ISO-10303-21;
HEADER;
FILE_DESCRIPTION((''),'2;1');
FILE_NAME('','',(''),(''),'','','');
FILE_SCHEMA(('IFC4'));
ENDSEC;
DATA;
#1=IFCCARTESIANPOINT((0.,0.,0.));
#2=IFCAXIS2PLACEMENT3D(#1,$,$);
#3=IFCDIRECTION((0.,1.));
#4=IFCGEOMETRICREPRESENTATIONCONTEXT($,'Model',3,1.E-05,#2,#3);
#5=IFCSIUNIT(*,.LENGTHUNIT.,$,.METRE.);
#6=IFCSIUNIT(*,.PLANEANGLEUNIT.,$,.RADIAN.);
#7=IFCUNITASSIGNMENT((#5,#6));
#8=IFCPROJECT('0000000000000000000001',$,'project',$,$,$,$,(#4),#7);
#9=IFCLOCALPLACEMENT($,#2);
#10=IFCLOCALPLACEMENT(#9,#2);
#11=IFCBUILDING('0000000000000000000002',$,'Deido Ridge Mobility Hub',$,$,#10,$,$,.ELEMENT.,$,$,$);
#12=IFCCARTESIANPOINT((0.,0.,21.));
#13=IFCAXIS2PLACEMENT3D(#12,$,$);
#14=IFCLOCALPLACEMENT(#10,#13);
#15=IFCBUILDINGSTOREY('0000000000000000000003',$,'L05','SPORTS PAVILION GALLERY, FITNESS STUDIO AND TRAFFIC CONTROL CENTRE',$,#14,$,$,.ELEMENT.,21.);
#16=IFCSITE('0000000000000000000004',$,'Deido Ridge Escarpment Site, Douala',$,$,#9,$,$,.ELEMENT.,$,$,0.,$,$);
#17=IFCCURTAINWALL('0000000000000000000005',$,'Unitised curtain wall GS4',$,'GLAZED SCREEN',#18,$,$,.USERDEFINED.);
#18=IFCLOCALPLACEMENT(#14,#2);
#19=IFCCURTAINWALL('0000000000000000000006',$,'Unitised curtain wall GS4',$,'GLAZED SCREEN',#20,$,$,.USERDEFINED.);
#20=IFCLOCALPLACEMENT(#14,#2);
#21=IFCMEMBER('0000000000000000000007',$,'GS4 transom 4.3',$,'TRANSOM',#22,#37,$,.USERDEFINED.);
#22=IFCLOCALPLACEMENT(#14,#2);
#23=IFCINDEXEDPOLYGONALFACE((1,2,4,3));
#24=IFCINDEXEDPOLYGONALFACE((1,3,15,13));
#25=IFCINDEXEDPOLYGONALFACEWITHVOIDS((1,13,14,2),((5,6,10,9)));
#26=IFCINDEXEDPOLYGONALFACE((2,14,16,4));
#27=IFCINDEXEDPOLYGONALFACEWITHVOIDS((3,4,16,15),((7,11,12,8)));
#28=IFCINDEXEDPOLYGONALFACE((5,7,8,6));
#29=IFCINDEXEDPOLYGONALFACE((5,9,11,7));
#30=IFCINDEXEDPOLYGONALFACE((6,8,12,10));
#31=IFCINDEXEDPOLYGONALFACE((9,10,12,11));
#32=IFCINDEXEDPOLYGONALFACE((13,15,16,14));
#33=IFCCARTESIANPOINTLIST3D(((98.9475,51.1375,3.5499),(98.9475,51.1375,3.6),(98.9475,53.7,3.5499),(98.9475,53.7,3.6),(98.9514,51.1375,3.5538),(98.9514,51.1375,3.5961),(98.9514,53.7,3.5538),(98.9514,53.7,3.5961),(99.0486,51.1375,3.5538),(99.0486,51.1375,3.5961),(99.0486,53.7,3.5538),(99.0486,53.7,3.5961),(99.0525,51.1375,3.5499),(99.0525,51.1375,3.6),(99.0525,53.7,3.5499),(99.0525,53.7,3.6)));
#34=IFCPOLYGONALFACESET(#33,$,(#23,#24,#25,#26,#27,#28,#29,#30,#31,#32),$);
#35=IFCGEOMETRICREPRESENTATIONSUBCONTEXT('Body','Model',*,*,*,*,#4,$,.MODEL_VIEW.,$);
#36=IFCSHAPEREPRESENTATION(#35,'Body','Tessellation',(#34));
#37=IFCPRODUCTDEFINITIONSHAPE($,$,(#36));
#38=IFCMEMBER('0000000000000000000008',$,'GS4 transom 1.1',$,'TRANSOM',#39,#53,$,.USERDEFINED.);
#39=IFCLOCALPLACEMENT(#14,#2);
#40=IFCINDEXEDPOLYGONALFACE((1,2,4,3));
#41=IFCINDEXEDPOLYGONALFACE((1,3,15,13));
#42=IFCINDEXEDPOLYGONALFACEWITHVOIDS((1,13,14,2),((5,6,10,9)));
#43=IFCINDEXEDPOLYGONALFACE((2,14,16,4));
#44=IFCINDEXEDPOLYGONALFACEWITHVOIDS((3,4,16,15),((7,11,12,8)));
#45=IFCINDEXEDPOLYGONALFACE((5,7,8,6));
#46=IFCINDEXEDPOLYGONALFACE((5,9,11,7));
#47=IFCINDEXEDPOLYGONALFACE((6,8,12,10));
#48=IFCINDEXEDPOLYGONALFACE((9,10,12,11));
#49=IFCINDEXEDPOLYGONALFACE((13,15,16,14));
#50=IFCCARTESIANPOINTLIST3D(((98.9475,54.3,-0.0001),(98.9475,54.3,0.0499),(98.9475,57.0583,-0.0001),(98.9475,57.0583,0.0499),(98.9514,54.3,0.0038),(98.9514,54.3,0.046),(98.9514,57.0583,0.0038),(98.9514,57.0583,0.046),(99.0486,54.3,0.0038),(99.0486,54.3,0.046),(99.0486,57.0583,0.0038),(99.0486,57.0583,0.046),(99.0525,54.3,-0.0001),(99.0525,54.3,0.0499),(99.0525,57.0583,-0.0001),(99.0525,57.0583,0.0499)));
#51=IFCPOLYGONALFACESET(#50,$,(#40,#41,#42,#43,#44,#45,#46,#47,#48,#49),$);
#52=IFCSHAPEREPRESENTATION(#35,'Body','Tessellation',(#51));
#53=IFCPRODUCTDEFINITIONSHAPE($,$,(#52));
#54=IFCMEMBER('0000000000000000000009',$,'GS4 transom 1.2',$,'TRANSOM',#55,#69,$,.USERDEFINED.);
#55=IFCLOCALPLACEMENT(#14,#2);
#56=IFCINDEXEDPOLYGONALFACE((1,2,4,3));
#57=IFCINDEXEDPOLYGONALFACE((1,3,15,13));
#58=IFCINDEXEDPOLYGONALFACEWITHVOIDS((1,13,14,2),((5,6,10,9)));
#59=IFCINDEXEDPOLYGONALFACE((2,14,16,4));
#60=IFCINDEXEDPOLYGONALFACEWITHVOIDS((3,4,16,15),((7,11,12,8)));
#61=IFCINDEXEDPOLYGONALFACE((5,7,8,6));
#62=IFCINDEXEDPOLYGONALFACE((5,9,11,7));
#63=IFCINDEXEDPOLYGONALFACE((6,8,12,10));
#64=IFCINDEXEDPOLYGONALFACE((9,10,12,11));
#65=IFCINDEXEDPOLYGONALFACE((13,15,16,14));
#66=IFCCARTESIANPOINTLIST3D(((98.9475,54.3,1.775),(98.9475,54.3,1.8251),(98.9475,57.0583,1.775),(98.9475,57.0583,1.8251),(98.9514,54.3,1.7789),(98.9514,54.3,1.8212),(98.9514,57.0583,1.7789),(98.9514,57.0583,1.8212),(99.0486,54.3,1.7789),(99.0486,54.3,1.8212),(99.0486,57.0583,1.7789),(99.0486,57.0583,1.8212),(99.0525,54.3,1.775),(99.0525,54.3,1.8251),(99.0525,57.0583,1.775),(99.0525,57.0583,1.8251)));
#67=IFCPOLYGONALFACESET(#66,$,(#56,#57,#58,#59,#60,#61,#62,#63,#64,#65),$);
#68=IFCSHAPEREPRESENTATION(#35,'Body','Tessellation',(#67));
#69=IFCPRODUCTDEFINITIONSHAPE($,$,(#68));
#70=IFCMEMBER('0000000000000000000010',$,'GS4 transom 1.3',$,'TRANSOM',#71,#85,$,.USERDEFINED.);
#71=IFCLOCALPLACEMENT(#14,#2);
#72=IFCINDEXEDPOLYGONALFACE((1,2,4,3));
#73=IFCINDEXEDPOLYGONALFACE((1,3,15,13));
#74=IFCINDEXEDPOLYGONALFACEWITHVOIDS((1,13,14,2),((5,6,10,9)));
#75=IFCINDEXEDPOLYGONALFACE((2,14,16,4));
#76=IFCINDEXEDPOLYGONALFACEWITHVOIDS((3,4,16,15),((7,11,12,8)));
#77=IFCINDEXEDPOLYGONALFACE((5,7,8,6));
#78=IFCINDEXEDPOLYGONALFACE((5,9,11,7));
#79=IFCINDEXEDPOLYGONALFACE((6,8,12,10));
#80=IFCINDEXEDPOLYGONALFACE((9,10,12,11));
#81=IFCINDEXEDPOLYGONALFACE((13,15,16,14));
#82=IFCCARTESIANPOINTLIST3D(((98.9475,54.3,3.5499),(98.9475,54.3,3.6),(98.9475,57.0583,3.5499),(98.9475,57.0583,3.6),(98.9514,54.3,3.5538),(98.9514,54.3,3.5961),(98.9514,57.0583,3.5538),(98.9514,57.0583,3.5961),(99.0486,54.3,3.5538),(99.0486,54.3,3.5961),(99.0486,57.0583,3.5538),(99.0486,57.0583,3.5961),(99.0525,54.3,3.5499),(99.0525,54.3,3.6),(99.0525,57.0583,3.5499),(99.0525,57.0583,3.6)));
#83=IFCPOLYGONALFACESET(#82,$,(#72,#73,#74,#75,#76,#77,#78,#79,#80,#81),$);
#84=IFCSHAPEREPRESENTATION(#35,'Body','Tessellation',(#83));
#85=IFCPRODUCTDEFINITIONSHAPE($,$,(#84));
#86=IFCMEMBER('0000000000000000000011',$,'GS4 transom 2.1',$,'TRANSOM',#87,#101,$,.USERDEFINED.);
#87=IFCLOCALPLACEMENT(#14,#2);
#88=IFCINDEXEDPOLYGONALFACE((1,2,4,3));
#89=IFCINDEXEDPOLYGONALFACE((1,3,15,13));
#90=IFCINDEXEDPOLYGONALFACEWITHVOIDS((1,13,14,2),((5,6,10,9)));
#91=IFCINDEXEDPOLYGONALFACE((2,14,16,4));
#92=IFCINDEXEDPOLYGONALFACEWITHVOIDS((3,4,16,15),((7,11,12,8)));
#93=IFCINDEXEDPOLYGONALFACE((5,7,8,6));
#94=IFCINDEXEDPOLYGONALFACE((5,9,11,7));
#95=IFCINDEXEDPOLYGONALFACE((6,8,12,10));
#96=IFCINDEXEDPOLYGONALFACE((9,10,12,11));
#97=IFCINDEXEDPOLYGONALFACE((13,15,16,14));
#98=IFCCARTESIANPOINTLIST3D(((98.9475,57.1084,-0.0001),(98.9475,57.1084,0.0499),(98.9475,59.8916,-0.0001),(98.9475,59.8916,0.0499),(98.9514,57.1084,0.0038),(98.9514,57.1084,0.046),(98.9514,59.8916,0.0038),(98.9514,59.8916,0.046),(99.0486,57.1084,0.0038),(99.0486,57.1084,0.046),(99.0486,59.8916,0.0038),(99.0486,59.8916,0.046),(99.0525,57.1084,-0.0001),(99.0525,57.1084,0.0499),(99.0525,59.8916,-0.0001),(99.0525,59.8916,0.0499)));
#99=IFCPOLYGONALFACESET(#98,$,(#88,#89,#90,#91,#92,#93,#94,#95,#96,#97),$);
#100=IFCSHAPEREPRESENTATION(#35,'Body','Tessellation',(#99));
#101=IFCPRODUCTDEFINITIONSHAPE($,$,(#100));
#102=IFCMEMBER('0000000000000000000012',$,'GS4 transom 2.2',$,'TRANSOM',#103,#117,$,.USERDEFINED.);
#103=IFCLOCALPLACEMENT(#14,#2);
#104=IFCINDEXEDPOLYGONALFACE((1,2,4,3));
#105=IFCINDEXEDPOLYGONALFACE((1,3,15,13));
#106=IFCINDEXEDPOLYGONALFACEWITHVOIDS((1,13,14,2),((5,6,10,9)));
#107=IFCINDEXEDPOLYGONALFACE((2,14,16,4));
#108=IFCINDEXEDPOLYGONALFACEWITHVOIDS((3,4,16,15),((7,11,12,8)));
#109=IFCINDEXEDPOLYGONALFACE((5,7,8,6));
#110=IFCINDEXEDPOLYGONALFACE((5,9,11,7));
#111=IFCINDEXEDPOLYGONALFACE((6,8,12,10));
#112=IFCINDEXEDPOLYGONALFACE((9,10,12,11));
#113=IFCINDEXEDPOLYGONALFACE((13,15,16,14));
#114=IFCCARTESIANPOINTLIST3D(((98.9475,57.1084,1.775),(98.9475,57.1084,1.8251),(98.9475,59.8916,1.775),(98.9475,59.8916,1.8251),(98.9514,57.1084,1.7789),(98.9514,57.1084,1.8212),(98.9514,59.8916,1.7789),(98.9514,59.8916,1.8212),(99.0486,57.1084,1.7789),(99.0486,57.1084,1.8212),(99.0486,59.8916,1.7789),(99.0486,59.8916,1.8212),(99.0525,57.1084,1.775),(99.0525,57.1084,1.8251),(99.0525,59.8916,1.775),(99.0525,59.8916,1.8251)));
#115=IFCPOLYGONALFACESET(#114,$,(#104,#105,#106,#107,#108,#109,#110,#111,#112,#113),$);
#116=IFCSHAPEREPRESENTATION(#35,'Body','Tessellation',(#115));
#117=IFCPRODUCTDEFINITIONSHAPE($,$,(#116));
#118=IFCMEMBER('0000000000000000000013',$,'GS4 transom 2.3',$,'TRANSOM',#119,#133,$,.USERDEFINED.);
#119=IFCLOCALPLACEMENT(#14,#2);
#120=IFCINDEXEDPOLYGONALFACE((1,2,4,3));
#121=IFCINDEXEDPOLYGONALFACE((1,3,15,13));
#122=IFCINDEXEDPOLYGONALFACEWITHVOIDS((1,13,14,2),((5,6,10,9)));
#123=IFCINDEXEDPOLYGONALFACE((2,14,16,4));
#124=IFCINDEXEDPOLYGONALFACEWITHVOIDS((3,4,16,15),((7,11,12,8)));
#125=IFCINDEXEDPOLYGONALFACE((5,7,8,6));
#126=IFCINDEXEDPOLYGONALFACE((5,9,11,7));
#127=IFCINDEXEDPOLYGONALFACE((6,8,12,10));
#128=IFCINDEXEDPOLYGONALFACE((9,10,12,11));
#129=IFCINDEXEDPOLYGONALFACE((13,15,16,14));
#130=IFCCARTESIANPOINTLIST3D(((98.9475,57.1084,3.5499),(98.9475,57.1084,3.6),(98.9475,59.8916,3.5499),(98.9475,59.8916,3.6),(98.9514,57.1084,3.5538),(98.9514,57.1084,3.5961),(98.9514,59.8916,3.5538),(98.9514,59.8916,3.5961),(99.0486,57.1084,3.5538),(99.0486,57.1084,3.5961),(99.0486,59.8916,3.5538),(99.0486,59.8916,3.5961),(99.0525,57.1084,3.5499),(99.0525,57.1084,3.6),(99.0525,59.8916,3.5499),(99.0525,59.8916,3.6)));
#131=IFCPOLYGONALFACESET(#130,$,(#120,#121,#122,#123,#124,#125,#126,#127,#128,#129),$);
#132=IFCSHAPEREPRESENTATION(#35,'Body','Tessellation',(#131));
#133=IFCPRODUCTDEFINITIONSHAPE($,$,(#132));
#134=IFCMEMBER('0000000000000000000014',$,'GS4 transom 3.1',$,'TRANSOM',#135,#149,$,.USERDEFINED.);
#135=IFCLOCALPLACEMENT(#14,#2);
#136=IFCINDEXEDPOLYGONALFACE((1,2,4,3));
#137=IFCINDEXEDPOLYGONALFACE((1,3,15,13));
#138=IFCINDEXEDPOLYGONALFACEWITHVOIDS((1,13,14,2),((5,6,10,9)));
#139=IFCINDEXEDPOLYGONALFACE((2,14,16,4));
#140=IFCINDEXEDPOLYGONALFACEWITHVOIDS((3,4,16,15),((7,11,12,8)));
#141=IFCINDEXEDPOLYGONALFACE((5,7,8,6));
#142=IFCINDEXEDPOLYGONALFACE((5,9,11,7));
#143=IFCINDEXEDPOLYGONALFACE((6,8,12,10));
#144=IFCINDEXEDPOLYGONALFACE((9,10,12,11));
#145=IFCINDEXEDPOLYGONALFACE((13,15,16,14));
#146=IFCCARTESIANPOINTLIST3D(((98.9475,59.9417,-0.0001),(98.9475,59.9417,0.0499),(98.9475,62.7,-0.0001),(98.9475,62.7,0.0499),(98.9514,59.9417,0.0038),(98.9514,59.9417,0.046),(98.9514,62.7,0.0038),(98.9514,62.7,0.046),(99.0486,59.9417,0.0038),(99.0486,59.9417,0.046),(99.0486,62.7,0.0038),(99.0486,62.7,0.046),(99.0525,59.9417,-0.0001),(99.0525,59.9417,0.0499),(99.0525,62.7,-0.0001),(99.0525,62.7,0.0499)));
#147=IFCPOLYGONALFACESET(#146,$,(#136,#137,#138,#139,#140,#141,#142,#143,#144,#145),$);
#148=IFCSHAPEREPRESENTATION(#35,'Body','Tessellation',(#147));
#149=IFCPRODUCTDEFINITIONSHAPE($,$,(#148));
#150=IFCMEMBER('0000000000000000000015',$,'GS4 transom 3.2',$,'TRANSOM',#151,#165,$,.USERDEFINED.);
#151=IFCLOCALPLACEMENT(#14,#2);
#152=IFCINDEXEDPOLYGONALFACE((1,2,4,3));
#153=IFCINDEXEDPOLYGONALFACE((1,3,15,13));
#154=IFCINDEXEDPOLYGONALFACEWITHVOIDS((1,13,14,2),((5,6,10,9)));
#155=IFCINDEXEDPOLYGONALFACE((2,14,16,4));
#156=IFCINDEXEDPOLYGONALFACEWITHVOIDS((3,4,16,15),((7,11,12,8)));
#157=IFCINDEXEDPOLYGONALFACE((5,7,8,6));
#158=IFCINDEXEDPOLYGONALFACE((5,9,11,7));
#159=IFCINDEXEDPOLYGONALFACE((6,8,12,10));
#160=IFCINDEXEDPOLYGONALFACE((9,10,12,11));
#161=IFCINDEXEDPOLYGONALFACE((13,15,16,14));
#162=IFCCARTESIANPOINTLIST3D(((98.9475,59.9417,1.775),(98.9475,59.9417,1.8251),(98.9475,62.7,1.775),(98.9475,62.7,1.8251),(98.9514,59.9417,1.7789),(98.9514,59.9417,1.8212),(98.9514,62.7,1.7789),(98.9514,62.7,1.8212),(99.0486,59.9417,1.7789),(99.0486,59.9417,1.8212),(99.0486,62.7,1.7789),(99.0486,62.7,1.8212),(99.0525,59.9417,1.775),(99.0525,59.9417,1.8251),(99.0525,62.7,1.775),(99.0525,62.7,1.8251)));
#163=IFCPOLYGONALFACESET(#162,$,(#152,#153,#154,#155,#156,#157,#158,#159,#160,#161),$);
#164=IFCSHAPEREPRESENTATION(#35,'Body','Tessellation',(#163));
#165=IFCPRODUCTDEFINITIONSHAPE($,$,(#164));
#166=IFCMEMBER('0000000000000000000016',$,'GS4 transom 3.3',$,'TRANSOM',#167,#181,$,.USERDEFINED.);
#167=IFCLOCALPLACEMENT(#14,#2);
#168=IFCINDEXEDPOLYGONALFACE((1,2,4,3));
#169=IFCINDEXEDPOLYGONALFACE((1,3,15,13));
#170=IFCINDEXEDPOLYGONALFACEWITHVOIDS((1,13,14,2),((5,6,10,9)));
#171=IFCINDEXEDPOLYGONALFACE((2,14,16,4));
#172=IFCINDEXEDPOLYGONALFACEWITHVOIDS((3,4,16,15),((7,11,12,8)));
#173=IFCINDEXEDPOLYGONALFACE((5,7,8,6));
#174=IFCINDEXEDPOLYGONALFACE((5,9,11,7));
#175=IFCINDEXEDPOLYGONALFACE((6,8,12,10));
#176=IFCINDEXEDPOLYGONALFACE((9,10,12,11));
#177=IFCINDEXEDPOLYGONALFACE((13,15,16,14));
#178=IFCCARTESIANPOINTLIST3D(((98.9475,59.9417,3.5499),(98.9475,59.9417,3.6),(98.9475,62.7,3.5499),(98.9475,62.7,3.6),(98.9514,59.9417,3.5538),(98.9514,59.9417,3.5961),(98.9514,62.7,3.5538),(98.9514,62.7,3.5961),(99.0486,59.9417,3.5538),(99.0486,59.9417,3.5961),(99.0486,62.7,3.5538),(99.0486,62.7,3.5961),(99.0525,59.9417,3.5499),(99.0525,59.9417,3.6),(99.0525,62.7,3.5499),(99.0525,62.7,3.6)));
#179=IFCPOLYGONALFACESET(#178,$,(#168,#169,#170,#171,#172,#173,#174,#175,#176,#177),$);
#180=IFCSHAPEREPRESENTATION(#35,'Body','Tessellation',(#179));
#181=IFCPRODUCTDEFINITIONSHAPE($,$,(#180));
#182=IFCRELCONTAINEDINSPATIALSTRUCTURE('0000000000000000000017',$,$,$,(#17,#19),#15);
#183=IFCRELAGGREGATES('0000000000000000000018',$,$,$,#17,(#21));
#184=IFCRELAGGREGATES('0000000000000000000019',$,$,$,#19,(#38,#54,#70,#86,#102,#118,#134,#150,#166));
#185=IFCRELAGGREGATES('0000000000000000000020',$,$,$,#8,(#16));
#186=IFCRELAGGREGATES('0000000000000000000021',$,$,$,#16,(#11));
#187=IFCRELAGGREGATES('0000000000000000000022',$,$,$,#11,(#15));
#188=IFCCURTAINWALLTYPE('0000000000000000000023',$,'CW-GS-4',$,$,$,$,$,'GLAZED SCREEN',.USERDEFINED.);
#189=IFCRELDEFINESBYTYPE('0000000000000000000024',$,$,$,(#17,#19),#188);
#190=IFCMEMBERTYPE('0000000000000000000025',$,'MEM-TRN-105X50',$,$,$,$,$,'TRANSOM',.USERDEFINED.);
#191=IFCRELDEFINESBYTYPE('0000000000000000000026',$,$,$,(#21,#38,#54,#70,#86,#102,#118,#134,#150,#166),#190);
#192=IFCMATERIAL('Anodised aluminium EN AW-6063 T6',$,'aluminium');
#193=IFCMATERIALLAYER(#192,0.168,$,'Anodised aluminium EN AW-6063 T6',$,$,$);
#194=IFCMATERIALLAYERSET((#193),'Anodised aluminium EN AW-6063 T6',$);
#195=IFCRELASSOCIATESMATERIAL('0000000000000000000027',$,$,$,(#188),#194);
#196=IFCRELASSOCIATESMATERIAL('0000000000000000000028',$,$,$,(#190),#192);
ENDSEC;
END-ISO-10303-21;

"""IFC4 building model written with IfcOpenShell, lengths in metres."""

from ifc_helpers import new_model, si_unit, direction, frame, origin, origin_2d, place, context, subcontext, project, spatial, hollow_rectangle, extrude, material, layer, layer_set, material_profile, profile_set, type_object, element, aggregate, save


model = new_model("IFC4")

# Units and contexts
model_context = context("Model", 3, precision=1e-05, world=origin(), true_north=direction((0.0, 1.0)))
body_context = subcontext(model_context, "Body", "Model", "MODEL_VIEW")
ifc_project = project(units=[si_unit("LENGTHUNIT", "METRE"), si_unit("PLANEANGLEUNIT", "RADIAN")], contexts=[model_context])

# Site, building, storey
site_placement = place(None, origin())
site = spatial("IfcSite", under=ifc_project, at=site_placement, Name="Deido Ridge Escarpment Site, Douala", CompositionType="ELEMENT", RefElevation=0.0)
building_placement = place(site_placement, origin())
building = spatial("IfcBuilding", under=site, at=building_placement, Name="Deido Ridge Mobility Hub", CompositionType="ELEMENT")
storey_placement = place(building_placement, frame((0.0, 0.0, 21.0)))
storey = spatial("IfcBuildingStorey", under=building, at=storey_placement, Name="L05", Description="SPORTS PAVILION GALLERY, FITNESS STUDIO AND TRAFFIC CONTROL CENTRE", CompositionType="ELEMENT", Elevation=21.0)

# Curtain walls
ifc_material_1 = material(Name="Anodised aluminium EN AW-6063 T6", Category="aluminium")
ifc_layer_1 = layer(ifc_material_1, 0.168, Name="Anodised aluminium EN AW-6063 T6")
ifc_layer_set_1 = layer_set([ifc_layer_1], Name="Anodised aluminium EN AW-6063 T6")
curtain_wall_type = type_object("IfcCurtainWallType", Name="CW-GS-4", ElementType="GLAZED SCREEN", PredefinedType="USERDEFINED", material=ifc_layer_set_1)
curtain_wall_1_placement = place(storey_placement, origin())
curtain_wall_1 = element("IfcCurtainWall", 1, at=curtain_wall_1_placement, inside=storey, type_object=curtain_wall_type, Name="Unitised curtain wall GS4", ObjectType="GLAZED SCREEN", PredefinedType="USERDEFINED")
curtain_wall_2_placement = place(storey_placement, origin())
curtain_wall_2 = element("IfcCurtainWall", 2, at=curtain_wall_2_placement, inside=storey, type_object=curtain_wall_type, Name="Unitised curtain wall GS4", ObjectType="GLAZED SCREEN", PredefinedType="USERDEFINED")

# Members
ifc_material_profile_1 = material_profile(ifc_material_1, hollow_rectangle(XDim=0.105, YDim=0.05, WallThickness=0.0039, at=origin_2d()), Name="RHS 105x50x4")
ifc_profile_set_1 = profile_set([ifc_material_profile_1], Name="Anodised aluminium EN AW-6063 T6")
member_type_1 = type_object("IfcMemberType", Name="MEM-TRN-105X50", ElementType="TRANSOM", PredefinedType="USERDEFINED", material=ifc_profile_set_1)
member_1_placement = place(storey_placement, frame((99.0, 51.1375, 3.575), z_axis=(0.0, 1.0, 0.0), x_axis=(-1.0, 0.0, 0.0)))
member_1 = element("IfcMember", 3, at=member_1_placement, type_object=member_type_1, Name="GS4 transom 4.3", ObjectType="TRANSOM", PredefinedType="USERDEFINED", context=body_context, shape_type="SweptSolid", body=[
    extrude(hollow_rectangle(XDim=0.105, YDim=0.05, WallThickness=0.0039, at=origin_2d()), origin(), (0.0, 0.0, 1.0), 2.5625),
])
member_2_placement = place(storey_placement, frame((99.0, 54.3, 0.0249), z_axis=(0.0, 1.0, 0.0), x_axis=(-1.0, 0.0, 0.0)))
member_2 = element("IfcMember", 4, at=member_2_placement, type_object=member_type_1, Name="GS4 transom 1.1", ObjectType="TRANSOM", PredefinedType="USERDEFINED", context=body_context, shape_type="SweptSolid", body=[
    extrude(hollow_rectangle(XDim=0.105, YDim=0.05, WallThickness=0.0039, at=origin_2d()), origin(), (0.0, 0.0, 1.0), 2.7583),
])
member_3_placement = place(storey_placement, frame((99.0, 54.3, 1.8), z_axis=(0.0, 1.0, 0.0), x_axis=(-1.0, 0.0, 0.0)))
member_3 = element("IfcMember", 5, at=member_3_placement, type_object=member_type_1, Name="GS4 transom 1.2", ObjectType="TRANSOM", PredefinedType="USERDEFINED", context=body_context, shape_type="SweptSolid", body=[
    extrude(hollow_rectangle(XDim=0.105, YDim=0.05, WallThickness=0.0039, at=origin_2d()), origin(), (0.0, 0.0, 1.0), 2.7583),
])
member_4_placement = place(storey_placement, frame((99.0, 54.3, 3.575), z_axis=(0.0, 1.0, 0.0), x_axis=(-1.0, 0.0, 0.0)))
member_4 = element("IfcMember", 6, at=member_4_placement, type_object=member_type_1, Name="GS4 transom 1.3", ObjectType="TRANSOM", PredefinedType="USERDEFINED", context=body_context, shape_type="SweptSolid", body=[
    extrude(hollow_rectangle(XDim=0.105, YDim=0.05, WallThickness=0.0039, at=origin_2d()), origin(), (0.0, 0.0, 1.0), 2.7583),
])
member_5_placement = place(storey_placement, frame((99.0, 57.1084, 0.0249), z_axis=(0.0, 1.0, 0.0), x_axis=(-1.0, 0.0, 0.0)))
member_5 = element("IfcMember", 7, at=member_5_placement, type_object=member_type_1, Name="GS4 transom 2.1", ObjectType="TRANSOM", PredefinedType="USERDEFINED", context=body_context, shape_type="SweptSolid", body=[
    extrude(hollow_rectangle(XDim=0.105, YDim=0.05, WallThickness=0.0039, at=origin_2d()), origin(), (0.0, 0.0, 1.0), 2.7832),
])
member_6_placement = place(storey_placement, frame((99.0, 57.1084, 1.8), z_axis=(0.0, 1.0, 0.0), x_axis=(-1.0, 0.0, 0.0)))
member_6 = element("IfcMember", 8, at=member_6_placement, type_object=member_type_1, Name="GS4 transom 2.2", ObjectType="TRANSOM", PredefinedType="USERDEFINED", context=body_context, shape_type="SweptSolid", body=[
    extrude(hollow_rectangle(XDim=0.105, YDim=0.05, WallThickness=0.0039, at=origin_2d()), origin(), (0.0, 0.0, 1.0), 2.7832),
])
member_7_placement = place(storey_placement, frame((99.0, 57.1084, 3.575), z_axis=(0.0, 1.0, 0.0), x_axis=(-1.0, 0.0, 0.0)))
member_7 = element("IfcMember", 9, at=member_7_placement, type_object=member_type_1, Name="GS4 transom 2.3", ObjectType="TRANSOM", PredefinedType="USERDEFINED", context=body_context, shape_type="SweptSolid", body=[
    extrude(hollow_rectangle(XDim=0.105, YDim=0.05, WallThickness=0.0039, at=origin_2d()), origin(), (0.0, 0.0, 1.0), 2.7832),
])
member_8_placement = place(storey_placement, frame((99.0, 59.9417, 0.0249), z_axis=(0.0, 1.0, 0.0), x_axis=(-1.0, 0.0, 0.0)))
member_8 = element("IfcMember", 10, at=member_8_placement, type_object=member_type_1, Name="GS4 transom 3.1", ObjectType="TRANSOM", PredefinedType="USERDEFINED", context=body_context, shape_type="SweptSolid", body=[
    extrude(hollow_rectangle(XDim=0.105, YDim=0.05, WallThickness=0.0039, at=origin_2d()), origin(), (0.0, 0.0, 1.0), 2.7583),
])
member_9_placement = place(storey_placement, frame((99.0, 59.9417, 1.8), z_axis=(0.0, 1.0, 0.0), x_axis=(-1.0, 0.0, 0.0)))
member_9 = element("IfcMember", 11, at=member_9_placement, type_object=member_type_1, Name="GS4 transom 3.2", ObjectType="TRANSOM", PredefinedType="USERDEFINED", context=body_context, shape_type="SweptSolid", body=[
    extrude(hollow_rectangle(XDim=0.105, YDim=0.05, WallThickness=0.0039, at=origin_2d()), origin(), (0.0, 0.0, 1.0), 2.7583),
])
member_10_placement = place(storey_placement, frame((99.0, 59.9417, 3.575), z_axis=(0.0, 1.0, 0.0), x_axis=(-1.0, 0.0, 0.0)))
member_10 = element("IfcMember", 12, at=member_10_placement, type_object=member_type_1, Name="GS4 transom 3.3", ObjectType="TRANSOM", PredefinedType="USERDEFINED", context=body_context, shape_type="SweptSolid", body=[
    extrude(hollow_rectangle(XDim=0.105, YDim=0.05, WallThickness=0.0039, at=origin_2d()), origin(), (0.0, 0.0, 1.0), 2.7583),
])

aggregate(curtain_wall_1, [member_1])
aggregate(curtain_wall_2, [member_2, member_3, member_4, member_5, member_6, member_7, member_8, member_9, member_10])

save(model, "model.ifc")
